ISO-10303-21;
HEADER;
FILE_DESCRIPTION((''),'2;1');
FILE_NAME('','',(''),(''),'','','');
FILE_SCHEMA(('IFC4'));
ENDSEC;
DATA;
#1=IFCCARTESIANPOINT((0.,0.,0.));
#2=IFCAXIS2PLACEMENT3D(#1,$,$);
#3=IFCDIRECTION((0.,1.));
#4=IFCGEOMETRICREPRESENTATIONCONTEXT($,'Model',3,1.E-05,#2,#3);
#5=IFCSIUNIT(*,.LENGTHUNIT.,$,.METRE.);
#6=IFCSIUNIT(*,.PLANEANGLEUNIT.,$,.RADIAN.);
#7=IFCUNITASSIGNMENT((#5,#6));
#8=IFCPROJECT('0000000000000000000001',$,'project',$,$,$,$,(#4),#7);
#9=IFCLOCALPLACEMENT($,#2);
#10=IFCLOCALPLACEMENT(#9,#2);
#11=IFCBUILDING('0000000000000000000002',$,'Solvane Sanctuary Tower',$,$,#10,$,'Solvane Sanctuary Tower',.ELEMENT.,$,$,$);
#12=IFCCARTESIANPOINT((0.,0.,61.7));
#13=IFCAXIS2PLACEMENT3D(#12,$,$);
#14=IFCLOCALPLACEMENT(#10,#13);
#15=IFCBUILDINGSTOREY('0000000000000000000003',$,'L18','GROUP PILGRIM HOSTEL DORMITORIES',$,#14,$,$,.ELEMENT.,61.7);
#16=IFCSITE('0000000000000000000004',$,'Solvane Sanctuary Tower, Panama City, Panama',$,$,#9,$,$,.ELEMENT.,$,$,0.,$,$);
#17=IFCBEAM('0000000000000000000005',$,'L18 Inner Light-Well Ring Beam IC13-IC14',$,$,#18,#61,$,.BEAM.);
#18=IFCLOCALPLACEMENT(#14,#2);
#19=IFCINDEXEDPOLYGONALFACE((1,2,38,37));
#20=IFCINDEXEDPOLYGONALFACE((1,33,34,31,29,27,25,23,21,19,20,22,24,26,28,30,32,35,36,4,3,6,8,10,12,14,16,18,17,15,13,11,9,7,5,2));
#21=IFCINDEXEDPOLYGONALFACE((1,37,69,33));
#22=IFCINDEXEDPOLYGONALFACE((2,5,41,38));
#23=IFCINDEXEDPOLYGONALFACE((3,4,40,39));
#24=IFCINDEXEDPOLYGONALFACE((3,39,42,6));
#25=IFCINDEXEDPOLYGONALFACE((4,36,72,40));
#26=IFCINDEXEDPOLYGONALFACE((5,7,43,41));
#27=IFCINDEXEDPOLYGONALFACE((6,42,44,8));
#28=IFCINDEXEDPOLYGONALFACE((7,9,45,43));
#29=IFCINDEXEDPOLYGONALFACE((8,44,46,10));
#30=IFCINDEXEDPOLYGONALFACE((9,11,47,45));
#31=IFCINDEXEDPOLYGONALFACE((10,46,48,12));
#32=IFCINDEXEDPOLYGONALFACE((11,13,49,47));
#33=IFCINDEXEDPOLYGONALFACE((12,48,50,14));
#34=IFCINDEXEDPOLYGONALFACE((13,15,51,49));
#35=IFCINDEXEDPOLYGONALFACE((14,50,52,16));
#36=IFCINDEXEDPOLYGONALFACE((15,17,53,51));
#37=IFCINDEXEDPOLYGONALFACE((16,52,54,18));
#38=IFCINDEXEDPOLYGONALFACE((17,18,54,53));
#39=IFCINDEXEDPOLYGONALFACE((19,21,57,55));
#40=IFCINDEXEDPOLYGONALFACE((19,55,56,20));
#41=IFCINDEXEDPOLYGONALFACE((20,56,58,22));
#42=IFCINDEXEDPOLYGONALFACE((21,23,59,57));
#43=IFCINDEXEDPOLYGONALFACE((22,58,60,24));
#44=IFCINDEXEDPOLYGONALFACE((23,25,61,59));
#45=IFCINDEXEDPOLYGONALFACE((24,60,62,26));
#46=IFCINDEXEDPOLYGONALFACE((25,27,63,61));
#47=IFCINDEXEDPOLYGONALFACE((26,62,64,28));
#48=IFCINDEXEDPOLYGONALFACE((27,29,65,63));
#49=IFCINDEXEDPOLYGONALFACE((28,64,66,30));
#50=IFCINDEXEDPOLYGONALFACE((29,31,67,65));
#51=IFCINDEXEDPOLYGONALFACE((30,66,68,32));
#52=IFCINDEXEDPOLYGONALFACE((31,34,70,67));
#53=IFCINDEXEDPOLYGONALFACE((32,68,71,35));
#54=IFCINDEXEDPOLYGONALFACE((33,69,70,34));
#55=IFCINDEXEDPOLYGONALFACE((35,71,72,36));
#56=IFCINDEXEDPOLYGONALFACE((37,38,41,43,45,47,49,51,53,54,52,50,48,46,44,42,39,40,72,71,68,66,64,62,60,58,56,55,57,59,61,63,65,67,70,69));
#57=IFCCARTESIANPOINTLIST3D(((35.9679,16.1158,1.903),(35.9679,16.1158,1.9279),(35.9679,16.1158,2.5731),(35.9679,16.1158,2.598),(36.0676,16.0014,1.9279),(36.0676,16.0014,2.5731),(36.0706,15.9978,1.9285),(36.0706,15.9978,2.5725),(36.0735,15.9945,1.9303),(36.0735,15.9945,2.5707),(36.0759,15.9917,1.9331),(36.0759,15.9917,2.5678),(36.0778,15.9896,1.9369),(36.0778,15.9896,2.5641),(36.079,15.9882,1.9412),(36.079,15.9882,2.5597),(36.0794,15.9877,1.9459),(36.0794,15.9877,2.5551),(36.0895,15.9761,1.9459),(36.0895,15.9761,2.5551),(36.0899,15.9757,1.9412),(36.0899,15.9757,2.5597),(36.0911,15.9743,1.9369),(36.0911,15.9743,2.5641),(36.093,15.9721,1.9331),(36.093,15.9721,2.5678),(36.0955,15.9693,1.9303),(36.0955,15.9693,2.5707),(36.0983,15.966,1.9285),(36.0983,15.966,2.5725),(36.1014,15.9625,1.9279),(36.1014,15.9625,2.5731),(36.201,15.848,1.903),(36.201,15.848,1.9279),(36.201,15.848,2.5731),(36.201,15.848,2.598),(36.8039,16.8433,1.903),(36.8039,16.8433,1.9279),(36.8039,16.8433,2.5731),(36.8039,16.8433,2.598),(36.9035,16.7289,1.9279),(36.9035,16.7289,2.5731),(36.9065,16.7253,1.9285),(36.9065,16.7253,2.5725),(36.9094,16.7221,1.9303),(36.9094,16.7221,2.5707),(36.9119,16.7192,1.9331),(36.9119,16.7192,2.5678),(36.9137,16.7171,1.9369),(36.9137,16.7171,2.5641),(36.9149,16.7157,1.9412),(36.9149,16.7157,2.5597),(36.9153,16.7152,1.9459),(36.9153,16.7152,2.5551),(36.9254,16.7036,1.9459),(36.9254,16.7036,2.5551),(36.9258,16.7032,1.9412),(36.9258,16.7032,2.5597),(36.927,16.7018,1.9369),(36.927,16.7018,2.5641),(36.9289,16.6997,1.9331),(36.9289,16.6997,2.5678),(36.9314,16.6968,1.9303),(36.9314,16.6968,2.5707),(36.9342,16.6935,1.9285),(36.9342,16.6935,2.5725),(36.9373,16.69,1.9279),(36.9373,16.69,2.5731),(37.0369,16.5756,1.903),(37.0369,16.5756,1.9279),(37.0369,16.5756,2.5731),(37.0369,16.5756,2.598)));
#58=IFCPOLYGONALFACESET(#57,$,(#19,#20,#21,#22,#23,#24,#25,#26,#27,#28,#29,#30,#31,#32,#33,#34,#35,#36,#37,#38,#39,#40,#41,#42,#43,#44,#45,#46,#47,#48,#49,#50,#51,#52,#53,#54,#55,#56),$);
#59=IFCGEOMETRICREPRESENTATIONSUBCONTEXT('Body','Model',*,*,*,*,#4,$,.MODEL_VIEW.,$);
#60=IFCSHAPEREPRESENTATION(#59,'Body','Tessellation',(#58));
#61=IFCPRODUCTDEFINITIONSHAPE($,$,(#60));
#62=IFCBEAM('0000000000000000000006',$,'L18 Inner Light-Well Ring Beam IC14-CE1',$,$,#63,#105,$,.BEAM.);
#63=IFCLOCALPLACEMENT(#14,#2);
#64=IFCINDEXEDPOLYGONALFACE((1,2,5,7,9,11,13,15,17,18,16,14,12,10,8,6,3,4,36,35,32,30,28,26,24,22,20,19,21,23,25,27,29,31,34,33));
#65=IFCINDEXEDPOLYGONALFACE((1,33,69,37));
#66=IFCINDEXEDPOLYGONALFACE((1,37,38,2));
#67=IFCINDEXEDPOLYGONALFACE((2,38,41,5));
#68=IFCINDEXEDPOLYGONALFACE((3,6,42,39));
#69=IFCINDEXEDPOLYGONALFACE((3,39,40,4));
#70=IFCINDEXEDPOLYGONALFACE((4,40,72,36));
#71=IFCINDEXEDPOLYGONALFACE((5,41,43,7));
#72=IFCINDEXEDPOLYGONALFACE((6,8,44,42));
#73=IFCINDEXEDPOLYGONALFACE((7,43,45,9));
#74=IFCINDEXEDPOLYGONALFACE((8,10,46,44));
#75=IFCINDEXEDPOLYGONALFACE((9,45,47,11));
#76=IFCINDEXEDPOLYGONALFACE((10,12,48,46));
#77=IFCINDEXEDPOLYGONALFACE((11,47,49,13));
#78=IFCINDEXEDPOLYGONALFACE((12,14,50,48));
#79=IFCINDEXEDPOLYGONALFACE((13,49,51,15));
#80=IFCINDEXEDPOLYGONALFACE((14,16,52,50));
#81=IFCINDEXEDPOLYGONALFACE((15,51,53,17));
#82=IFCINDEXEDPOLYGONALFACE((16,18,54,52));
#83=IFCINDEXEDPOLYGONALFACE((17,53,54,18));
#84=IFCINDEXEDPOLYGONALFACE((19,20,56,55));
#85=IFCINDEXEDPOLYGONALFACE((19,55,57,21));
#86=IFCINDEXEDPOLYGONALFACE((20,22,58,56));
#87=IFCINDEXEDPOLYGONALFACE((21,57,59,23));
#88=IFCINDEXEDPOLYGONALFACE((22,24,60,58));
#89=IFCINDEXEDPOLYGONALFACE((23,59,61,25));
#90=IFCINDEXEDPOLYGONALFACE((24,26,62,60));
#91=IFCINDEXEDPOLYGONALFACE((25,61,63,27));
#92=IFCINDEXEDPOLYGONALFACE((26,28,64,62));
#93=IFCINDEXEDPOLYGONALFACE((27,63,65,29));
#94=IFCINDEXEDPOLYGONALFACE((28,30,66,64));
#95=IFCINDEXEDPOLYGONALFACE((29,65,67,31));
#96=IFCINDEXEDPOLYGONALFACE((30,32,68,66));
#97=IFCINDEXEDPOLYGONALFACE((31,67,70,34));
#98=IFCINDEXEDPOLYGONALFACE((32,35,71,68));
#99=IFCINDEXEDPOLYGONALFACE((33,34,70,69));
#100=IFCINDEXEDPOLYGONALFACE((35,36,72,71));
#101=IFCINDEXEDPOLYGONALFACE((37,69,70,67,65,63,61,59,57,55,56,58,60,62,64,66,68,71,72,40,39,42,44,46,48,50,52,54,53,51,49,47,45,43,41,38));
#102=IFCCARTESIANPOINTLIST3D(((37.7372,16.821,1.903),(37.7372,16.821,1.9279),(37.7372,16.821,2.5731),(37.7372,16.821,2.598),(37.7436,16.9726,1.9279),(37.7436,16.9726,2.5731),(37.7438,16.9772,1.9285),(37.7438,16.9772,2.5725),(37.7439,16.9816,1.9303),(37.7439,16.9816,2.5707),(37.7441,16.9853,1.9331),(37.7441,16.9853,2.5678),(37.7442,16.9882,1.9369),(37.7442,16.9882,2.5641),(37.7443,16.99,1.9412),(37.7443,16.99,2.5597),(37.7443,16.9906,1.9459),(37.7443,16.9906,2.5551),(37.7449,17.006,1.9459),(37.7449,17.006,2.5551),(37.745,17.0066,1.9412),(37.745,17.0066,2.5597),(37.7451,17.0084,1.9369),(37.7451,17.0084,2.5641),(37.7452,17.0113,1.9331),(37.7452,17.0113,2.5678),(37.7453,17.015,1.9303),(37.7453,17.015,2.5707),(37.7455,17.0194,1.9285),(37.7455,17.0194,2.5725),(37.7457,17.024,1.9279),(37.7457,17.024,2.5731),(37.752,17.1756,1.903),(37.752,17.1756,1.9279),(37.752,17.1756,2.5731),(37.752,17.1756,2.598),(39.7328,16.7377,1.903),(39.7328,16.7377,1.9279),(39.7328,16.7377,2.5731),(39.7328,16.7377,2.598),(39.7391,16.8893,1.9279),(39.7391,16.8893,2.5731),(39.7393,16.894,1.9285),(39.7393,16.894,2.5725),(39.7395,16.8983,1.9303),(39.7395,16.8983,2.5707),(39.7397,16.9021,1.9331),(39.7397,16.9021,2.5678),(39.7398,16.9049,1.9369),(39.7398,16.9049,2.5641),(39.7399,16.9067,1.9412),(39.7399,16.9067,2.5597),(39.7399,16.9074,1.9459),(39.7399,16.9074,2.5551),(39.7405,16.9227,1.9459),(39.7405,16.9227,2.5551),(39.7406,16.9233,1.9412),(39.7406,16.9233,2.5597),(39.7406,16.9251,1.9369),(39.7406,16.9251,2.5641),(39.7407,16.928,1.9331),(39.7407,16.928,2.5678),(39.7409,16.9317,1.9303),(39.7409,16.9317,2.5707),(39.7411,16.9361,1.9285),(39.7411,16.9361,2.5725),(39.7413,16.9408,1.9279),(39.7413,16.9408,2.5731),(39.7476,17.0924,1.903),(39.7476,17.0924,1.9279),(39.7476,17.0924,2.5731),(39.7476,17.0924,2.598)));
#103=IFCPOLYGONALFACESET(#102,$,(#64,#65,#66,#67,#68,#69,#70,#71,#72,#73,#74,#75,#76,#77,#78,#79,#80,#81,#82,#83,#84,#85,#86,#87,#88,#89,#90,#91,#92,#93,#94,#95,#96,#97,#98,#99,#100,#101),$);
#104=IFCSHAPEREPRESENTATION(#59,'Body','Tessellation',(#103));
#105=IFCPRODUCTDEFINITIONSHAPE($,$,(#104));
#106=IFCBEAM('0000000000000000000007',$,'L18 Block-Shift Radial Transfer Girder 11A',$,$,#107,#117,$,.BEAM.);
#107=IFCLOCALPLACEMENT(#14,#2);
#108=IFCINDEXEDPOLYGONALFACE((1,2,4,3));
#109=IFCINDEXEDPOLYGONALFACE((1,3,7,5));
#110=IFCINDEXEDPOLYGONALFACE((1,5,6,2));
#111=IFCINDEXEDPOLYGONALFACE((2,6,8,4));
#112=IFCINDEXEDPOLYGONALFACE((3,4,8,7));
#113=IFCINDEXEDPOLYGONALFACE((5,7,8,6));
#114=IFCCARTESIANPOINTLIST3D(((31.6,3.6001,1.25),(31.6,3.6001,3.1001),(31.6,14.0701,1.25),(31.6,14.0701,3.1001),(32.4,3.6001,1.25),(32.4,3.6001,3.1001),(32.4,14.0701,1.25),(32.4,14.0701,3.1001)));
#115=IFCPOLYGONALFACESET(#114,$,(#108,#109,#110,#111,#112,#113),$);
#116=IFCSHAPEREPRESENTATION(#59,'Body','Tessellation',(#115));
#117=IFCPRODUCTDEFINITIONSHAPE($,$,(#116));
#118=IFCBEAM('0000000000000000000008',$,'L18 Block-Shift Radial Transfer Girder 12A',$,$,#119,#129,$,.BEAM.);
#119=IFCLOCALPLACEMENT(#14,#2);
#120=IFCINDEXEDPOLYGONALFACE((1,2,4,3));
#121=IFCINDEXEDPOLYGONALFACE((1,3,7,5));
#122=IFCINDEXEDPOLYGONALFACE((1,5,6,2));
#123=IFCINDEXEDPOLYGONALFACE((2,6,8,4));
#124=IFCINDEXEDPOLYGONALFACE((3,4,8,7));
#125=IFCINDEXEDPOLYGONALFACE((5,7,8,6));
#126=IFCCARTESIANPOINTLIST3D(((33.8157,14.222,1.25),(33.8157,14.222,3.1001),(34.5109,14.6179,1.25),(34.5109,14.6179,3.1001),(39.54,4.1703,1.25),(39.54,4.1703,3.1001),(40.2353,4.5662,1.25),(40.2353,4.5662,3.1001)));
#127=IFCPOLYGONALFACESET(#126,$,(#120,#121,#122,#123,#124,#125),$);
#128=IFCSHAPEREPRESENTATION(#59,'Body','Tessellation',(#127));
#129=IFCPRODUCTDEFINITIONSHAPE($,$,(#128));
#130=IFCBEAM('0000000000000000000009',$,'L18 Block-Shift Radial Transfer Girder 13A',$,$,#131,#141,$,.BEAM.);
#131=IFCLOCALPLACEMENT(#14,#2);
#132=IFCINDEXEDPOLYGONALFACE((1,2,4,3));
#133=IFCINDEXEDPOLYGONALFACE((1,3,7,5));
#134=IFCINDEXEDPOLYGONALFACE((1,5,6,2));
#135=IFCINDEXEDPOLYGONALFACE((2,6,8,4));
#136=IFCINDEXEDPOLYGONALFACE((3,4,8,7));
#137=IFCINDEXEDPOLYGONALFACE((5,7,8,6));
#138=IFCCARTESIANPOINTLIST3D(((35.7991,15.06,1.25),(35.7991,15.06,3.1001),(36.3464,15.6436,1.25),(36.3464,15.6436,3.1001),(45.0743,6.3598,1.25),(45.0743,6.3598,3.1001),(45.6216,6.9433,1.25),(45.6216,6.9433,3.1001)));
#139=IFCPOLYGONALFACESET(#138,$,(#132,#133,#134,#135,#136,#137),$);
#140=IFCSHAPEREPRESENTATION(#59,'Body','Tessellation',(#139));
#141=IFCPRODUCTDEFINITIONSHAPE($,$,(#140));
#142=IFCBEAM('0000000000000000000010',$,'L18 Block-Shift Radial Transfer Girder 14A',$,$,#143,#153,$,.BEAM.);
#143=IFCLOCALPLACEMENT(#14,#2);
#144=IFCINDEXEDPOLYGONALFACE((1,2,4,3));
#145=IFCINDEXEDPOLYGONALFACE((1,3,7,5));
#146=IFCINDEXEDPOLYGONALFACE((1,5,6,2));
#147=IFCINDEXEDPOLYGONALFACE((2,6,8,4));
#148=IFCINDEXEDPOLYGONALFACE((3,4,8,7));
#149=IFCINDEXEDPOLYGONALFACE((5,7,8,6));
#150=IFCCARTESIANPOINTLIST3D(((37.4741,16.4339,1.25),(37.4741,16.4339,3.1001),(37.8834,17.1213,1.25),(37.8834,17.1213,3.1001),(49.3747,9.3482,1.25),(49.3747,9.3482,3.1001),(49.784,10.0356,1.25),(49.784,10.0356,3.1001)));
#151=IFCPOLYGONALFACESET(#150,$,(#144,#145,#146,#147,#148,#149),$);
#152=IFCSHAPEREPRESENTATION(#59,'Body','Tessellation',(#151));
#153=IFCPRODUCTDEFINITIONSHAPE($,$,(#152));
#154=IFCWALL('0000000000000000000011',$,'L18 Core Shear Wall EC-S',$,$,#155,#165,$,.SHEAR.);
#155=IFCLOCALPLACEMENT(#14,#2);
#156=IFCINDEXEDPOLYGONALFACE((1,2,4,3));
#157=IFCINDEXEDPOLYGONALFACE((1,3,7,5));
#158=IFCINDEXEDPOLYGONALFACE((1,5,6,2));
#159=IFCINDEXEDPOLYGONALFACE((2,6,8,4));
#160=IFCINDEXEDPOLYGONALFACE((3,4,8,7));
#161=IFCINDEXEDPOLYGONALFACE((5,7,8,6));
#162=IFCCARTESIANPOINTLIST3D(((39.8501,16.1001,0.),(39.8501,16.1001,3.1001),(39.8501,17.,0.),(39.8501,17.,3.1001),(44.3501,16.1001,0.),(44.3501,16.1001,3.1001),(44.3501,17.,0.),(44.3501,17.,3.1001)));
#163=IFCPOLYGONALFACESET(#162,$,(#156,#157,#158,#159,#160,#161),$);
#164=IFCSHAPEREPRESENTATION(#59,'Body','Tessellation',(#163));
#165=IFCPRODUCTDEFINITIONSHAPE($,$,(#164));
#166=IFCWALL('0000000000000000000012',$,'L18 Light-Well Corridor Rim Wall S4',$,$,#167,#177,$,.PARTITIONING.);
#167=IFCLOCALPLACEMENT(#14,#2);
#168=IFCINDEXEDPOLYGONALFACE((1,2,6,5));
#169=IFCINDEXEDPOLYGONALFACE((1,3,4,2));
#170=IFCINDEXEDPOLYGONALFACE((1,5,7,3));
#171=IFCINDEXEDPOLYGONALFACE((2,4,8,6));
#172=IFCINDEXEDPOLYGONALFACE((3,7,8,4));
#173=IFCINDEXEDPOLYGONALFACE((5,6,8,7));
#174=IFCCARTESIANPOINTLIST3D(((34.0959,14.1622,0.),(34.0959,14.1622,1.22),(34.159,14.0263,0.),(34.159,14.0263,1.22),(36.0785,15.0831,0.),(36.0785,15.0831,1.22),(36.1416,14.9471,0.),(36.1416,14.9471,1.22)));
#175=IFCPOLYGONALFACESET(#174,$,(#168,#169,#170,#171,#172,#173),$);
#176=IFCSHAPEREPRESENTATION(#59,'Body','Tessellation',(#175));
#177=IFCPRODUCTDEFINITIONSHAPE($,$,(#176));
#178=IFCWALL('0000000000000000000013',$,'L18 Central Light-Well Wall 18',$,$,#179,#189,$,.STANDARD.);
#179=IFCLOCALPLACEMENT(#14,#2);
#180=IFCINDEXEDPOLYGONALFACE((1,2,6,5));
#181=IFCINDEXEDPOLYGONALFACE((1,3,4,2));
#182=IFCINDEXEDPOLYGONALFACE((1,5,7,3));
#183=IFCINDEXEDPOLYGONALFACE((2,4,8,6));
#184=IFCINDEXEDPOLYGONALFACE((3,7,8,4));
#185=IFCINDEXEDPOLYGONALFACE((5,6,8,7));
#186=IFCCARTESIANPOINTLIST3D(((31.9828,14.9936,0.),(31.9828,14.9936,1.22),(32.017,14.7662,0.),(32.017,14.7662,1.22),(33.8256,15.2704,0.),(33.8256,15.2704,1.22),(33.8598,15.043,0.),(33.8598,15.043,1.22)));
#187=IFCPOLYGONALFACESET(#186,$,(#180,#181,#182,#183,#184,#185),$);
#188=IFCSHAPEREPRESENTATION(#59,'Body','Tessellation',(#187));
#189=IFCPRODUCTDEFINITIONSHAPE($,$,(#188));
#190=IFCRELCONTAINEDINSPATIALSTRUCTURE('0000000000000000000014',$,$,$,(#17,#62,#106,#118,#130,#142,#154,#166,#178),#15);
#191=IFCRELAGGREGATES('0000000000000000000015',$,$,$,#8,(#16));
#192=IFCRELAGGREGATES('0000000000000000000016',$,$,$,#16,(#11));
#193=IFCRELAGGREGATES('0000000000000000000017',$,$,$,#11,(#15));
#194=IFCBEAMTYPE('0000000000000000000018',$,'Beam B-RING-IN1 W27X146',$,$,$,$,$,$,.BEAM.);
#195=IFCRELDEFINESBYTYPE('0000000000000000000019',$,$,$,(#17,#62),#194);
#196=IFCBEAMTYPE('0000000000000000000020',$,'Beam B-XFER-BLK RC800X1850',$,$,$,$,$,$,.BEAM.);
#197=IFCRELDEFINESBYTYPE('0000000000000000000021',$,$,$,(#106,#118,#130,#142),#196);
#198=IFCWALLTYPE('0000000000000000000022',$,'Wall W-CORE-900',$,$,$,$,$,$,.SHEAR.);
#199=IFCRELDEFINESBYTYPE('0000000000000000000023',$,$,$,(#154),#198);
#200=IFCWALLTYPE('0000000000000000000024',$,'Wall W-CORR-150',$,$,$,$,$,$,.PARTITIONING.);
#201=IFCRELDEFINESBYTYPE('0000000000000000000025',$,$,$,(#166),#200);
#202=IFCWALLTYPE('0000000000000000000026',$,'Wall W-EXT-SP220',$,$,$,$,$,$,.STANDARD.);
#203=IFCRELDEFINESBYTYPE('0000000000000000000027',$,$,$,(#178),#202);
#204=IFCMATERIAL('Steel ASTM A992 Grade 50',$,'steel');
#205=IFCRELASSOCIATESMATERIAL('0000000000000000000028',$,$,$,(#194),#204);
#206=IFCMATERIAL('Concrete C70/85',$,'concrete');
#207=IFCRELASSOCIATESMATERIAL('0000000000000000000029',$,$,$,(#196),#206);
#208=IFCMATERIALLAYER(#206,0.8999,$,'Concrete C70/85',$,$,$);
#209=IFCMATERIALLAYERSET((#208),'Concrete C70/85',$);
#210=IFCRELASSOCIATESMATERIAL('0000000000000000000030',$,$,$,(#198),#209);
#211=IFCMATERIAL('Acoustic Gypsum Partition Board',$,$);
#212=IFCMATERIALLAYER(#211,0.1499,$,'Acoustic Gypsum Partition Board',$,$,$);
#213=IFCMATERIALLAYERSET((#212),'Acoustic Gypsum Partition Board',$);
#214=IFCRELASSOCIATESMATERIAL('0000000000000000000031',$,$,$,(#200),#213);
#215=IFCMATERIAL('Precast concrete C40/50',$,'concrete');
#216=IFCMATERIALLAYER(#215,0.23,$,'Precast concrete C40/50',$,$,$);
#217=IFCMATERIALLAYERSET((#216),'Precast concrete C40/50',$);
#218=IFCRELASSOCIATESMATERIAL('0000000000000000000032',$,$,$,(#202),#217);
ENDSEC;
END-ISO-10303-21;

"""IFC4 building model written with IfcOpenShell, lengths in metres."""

from ifc_helpers import new_model, si_unit, direction, frame, frame_2d, origin, origin_2d, place, context, subcontext, project, spatial, rectangle, i_section, extrude, material, layer, layer_set, material_profile, profile_set, type_object, element, save


model = new_model("IFC4")

# Units and contexts
model_context = context("Model", 3, precision=1e-05, world=origin(), true_north=direction((0.0, 1.0)))
body_context = subcontext(model_context, "Body", "Model", "MODEL_VIEW")
ifc_project = project(units=[si_unit("LENGTHUNIT", "METRE"), si_unit("PLANEANGLEUNIT", "RADIAN")], contexts=[model_context])

# Site, building, storey
site_placement = place(None, origin())
site = spatial("IfcSite", under=ifc_project, at=site_placement, Name="Solvane Sanctuary Tower, Panama City, Panama", CompositionType="ELEMENT", RefElevation=0.0)
building_placement = place(site_placement, origin())
building = spatial("IfcBuilding", under=site, at=building_placement, Name="Solvane Sanctuary Tower", LongName="Solvane Sanctuary Tower", CompositionType="ELEMENT")
storey_placement = place(building_placement, frame((0.0, 0.0, 61.7)))
storey = spatial("IfcBuildingStorey", under=building, at=storey_placement, Name="L18", Description="GROUP PILGRIM HOSTEL DORMITORIES", CompositionType="ELEMENT", Elevation=61.7)

# Shared definitions
ifc_material_1 = material(Name="Concrete C70/85", Category="concrete")

# Beams
ifc_material_2 = material(Name="Steel ASTM A992 Grade 50", Category="steel")
ifc_material_profile_1 = material_profile(ifc_material_2, i_section(OverallWidth=0.355, OverallDepth=0.6951, WebThickness=0.0154, FlangeThickness=0.0249, FilletRadius=0.0181, at=origin_2d()), Name="W27X146")
ifc_profile_set_1 = profile_set([ifc_material_profile_1], Name="Steel ASTM A992 Grade 50")
beam_type_1 = type_object("IfcBeamType", Name="Beam B-RING-IN1 W27X146", PredefinedType="BEAM", material=ifc_profile_set_1)
beam_1_placement = place(storey_placement, frame((36.0845, 15.9819, 2.2505), z_axis=(0.754321, 0.656506, 0.0), x_axis=(-0.656506, 0.754321, 0.0)))
element("IfcBeam", 1, at=beam_1_placement, inside=storey, type_object=beam_type_1, Name="L18 Inner Light-Well Ring Beam IC13-IC14", PredefinedType="BEAM", context=body_context, shape_type="SweptSolid", body=[
    extrude(i_section(OverallWidth=0.355, OverallDepth=0.6951, WebThickness=0.0154, FlangeThickness=0.0249, FilletRadius=0.0181, at=origin_2d()), origin(), (0.0, 0.0, 1.0), 1.1082),
])
beam_2_placement = place(storey_placement, frame((37.7446, 16.9983, 2.2505), z_axis=(0.999131, -0.041681, 0.0), x_axis=(0.041681, 0.999131, 0.0)))
element("IfcBeam", 2, at=beam_2_placement, inside=storey, type_object=beam_type_1, Name="L18 Inner Light-Well Ring Beam IC14-CE1", PredefinedType="BEAM", context=body_context, shape_type="SweptSolid", body=[
    extrude(i_section(OverallWidth=0.355, OverallDepth=0.6951, WebThickness=0.0154, FlangeThickness=0.0249, FilletRadius=0.0181, at=origin_2d()), origin(), (0.0, 0.0, 1.0), 1.9973),
])
ifc_material_profile_2 = material_profile(ifc_material_1, rectangle(XDim=0.8, YDim=1.8501, at=origin_2d()), Name="RC800X1850")
ifc_profile_set_2 = profile_set([ifc_material_profile_2], Name="Concrete C70/85")
beam_type_2 = type_object("IfcBeamType", Name="Beam B-XFER-BLK RC800X1850", PredefinedType="BEAM", material=ifc_profile_set_2)
beam_3_placement = place(storey_placement, frame((32.0, 14.0701, 2.175), z_axis=(0.0, -1.0, 0.0), x_axis=(1.0, 0.0, 0.0)))
element("IfcBeam", 3, at=beam_3_placement, inside=storey, type_object=beam_type_2, Name="L18 Block-Shift Radial Transfer Girder 11A", PredefinedType="BEAM", context=body_context, shape_type="SweptSolid", body=[
    extrude(rectangle(XDim=0.8, YDim=1.8501, at=origin_2d()), origin(), (0.0, 0.0, 1.0), 10.47),
])
beam_4_placement = place(storey_placement, frame((34.1633, 14.4199, 2.175), z_axis=(0.494868, -0.868968, 0.0), x_axis=(0.868968, 0.494868, 0.0)))
element("IfcBeam", 4, at=beam_4_placement, inside=storey, type_object=beam_type_2, Name="L18 Block-Shift Radial Transfer Girder 12A", PredefinedType="BEAM", context=body_context, shape_type="SweptSolid", body=[
    extrude(rectangle(XDim=0.8, YDim=1.8501, at=origin_2d()), origin(), (0.0, 0.0, 1.0), 11.5674),
])
beam_5_placement = place(storey_placement, frame((36.0728, 15.3518, 2.175), z_axis=(0.729351, -0.68414, 0.0), x_axis=(0.68414, 0.729351, 0.0)))
element("IfcBeam", 5, at=beam_5_placement, inside=storey, type_object=beam_type_2, Name="L18 Block-Shift Radial Transfer Girder 13A", PredefinedType="BEAM", context=body_context, shape_type="SweptSolid", body=[
    extrude(rectangle(XDim=0.8, YDim=1.8501, at=origin_2d()), origin(), (0.0, 0.0, 1.0), 12.717),
])
beam_6_placement = place(storey_placement, frame((37.6787, 16.7776, 2.175), z_axis=(0.85923, -0.51159, 0.0), x_axis=(0.51159, 0.85923, 0.0)))
element("IfcBeam", 6, at=beam_6_placement, inside=storey, type_object=beam_type_2, Name="L18 Block-Shift Radial Transfer Girder 14A", PredefinedType="BEAM", context=body_context, shape_type="SweptSolid", body=[
    extrude(rectangle(XDim=0.8, YDim=1.8501, at=origin_2d()), origin(), (0.0, 0.0, 1.0), 13.8503),
])

# Walls
ifc_layer_1 = layer(ifc_material_1, 0.8999, Name="Concrete C70/85")
ifc_layer_set_1 = layer_set([ifc_layer_1], Name="Concrete C70/85")
wall_type_1 = type_object("IfcWallType", Name="Wall W-CORE-900", PredefinedType="SHEAR", material=ifc_layer_set_1)
wall_1_placement = place(storey_placement, frame((39.8501, 16.55, 0.0), z_axis=(0.0, 0.0, 1.0), x_axis=(1.0, 0.0, 0.0)))
element("IfcWall", 7, at=wall_1_placement, inside=storey, type_object=wall_type_1, Name="L18 Core Shear Wall EC-S", PredefinedType="SHEAR", context=body_context, shape_type="SweptSolid", body=[
    extrude(rectangle(XDim=4.5, YDim=0.8999, at=frame_2d((2.25, 0.0))), origin(), (0.0, 0.0, 1.0), 3.1001),
])
ifc_material_3 = material(Name="Acoustic Gypsum Partition Board")
ifc_layer_2 = layer(ifc_material_3, 0.1499, Name="Acoustic Gypsum Partition Board")
ifc_layer_set_2 = layer_set([ifc_layer_2], Name="Acoustic Gypsum Partition Board")
wall_type_2 = type_object("IfcWallType", Name="Wall W-CORR-150", PredefinedType="PARTITIONING", material=ifc_layer_set_2)
wall_2_placement = place(storey_placement, frame((34.1274, 14.0942, 0.0), z_axis=(0.0, 0.0, 1.0), x_axis=(0.906943, 0.421252, 0.0)))
element("IfcWall", 8, at=wall_2_placement, inside=storey, type_object=wall_type_2, Name="L18 Light-Well Corridor Rim Wall S4", PredefinedType="PARTITIONING", context=body_context, shape_type="SweptSolid", body=[
    extrude(rectangle(XDim=2.186, YDim=0.1499, at=frame_2d((1.093, 0.0))), origin(), (0.0, 0.0, 1.0), 1.22),
])
ifc_material_4 = material(Name="Precast concrete C40/50", Category="concrete")
ifc_layer_3 = layer(ifc_material_4, 0.23, Name="Precast concrete C40/50")
ifc_layer_set_3 = layer_set([ifc_layer_3], Name="Precast concrete C40/50")
wall_type_3 = type_object("IfcWallType", Name="Wall W-EXT-SP220", PredefinedType="STANDARD", material=ifc_layer_set_3)
wall_3_placement = place(storey_placement, frame((32.0, 14.8799, 0.0), z_axis=(0.0, 0.0, 1.0), x_axis=(0.988902, 0.148571, 0.0)))
element("IfcWall", 9, at=wall_3_placement, inside=storey, type_object=wall_type_3, Name="L18 Central Light-Well Wall 18", PredefinedType="STANDARD", context=body_context, shape_type="SweptSolid", body=[
    extrude(rectangle(XDim=1.8635, YDim=0.23, at=frame_2d((0.9316, 0.0))), origin(), (0.0, 0.0, 1.0), 1.22),
])

save(model, "model.ifc")
